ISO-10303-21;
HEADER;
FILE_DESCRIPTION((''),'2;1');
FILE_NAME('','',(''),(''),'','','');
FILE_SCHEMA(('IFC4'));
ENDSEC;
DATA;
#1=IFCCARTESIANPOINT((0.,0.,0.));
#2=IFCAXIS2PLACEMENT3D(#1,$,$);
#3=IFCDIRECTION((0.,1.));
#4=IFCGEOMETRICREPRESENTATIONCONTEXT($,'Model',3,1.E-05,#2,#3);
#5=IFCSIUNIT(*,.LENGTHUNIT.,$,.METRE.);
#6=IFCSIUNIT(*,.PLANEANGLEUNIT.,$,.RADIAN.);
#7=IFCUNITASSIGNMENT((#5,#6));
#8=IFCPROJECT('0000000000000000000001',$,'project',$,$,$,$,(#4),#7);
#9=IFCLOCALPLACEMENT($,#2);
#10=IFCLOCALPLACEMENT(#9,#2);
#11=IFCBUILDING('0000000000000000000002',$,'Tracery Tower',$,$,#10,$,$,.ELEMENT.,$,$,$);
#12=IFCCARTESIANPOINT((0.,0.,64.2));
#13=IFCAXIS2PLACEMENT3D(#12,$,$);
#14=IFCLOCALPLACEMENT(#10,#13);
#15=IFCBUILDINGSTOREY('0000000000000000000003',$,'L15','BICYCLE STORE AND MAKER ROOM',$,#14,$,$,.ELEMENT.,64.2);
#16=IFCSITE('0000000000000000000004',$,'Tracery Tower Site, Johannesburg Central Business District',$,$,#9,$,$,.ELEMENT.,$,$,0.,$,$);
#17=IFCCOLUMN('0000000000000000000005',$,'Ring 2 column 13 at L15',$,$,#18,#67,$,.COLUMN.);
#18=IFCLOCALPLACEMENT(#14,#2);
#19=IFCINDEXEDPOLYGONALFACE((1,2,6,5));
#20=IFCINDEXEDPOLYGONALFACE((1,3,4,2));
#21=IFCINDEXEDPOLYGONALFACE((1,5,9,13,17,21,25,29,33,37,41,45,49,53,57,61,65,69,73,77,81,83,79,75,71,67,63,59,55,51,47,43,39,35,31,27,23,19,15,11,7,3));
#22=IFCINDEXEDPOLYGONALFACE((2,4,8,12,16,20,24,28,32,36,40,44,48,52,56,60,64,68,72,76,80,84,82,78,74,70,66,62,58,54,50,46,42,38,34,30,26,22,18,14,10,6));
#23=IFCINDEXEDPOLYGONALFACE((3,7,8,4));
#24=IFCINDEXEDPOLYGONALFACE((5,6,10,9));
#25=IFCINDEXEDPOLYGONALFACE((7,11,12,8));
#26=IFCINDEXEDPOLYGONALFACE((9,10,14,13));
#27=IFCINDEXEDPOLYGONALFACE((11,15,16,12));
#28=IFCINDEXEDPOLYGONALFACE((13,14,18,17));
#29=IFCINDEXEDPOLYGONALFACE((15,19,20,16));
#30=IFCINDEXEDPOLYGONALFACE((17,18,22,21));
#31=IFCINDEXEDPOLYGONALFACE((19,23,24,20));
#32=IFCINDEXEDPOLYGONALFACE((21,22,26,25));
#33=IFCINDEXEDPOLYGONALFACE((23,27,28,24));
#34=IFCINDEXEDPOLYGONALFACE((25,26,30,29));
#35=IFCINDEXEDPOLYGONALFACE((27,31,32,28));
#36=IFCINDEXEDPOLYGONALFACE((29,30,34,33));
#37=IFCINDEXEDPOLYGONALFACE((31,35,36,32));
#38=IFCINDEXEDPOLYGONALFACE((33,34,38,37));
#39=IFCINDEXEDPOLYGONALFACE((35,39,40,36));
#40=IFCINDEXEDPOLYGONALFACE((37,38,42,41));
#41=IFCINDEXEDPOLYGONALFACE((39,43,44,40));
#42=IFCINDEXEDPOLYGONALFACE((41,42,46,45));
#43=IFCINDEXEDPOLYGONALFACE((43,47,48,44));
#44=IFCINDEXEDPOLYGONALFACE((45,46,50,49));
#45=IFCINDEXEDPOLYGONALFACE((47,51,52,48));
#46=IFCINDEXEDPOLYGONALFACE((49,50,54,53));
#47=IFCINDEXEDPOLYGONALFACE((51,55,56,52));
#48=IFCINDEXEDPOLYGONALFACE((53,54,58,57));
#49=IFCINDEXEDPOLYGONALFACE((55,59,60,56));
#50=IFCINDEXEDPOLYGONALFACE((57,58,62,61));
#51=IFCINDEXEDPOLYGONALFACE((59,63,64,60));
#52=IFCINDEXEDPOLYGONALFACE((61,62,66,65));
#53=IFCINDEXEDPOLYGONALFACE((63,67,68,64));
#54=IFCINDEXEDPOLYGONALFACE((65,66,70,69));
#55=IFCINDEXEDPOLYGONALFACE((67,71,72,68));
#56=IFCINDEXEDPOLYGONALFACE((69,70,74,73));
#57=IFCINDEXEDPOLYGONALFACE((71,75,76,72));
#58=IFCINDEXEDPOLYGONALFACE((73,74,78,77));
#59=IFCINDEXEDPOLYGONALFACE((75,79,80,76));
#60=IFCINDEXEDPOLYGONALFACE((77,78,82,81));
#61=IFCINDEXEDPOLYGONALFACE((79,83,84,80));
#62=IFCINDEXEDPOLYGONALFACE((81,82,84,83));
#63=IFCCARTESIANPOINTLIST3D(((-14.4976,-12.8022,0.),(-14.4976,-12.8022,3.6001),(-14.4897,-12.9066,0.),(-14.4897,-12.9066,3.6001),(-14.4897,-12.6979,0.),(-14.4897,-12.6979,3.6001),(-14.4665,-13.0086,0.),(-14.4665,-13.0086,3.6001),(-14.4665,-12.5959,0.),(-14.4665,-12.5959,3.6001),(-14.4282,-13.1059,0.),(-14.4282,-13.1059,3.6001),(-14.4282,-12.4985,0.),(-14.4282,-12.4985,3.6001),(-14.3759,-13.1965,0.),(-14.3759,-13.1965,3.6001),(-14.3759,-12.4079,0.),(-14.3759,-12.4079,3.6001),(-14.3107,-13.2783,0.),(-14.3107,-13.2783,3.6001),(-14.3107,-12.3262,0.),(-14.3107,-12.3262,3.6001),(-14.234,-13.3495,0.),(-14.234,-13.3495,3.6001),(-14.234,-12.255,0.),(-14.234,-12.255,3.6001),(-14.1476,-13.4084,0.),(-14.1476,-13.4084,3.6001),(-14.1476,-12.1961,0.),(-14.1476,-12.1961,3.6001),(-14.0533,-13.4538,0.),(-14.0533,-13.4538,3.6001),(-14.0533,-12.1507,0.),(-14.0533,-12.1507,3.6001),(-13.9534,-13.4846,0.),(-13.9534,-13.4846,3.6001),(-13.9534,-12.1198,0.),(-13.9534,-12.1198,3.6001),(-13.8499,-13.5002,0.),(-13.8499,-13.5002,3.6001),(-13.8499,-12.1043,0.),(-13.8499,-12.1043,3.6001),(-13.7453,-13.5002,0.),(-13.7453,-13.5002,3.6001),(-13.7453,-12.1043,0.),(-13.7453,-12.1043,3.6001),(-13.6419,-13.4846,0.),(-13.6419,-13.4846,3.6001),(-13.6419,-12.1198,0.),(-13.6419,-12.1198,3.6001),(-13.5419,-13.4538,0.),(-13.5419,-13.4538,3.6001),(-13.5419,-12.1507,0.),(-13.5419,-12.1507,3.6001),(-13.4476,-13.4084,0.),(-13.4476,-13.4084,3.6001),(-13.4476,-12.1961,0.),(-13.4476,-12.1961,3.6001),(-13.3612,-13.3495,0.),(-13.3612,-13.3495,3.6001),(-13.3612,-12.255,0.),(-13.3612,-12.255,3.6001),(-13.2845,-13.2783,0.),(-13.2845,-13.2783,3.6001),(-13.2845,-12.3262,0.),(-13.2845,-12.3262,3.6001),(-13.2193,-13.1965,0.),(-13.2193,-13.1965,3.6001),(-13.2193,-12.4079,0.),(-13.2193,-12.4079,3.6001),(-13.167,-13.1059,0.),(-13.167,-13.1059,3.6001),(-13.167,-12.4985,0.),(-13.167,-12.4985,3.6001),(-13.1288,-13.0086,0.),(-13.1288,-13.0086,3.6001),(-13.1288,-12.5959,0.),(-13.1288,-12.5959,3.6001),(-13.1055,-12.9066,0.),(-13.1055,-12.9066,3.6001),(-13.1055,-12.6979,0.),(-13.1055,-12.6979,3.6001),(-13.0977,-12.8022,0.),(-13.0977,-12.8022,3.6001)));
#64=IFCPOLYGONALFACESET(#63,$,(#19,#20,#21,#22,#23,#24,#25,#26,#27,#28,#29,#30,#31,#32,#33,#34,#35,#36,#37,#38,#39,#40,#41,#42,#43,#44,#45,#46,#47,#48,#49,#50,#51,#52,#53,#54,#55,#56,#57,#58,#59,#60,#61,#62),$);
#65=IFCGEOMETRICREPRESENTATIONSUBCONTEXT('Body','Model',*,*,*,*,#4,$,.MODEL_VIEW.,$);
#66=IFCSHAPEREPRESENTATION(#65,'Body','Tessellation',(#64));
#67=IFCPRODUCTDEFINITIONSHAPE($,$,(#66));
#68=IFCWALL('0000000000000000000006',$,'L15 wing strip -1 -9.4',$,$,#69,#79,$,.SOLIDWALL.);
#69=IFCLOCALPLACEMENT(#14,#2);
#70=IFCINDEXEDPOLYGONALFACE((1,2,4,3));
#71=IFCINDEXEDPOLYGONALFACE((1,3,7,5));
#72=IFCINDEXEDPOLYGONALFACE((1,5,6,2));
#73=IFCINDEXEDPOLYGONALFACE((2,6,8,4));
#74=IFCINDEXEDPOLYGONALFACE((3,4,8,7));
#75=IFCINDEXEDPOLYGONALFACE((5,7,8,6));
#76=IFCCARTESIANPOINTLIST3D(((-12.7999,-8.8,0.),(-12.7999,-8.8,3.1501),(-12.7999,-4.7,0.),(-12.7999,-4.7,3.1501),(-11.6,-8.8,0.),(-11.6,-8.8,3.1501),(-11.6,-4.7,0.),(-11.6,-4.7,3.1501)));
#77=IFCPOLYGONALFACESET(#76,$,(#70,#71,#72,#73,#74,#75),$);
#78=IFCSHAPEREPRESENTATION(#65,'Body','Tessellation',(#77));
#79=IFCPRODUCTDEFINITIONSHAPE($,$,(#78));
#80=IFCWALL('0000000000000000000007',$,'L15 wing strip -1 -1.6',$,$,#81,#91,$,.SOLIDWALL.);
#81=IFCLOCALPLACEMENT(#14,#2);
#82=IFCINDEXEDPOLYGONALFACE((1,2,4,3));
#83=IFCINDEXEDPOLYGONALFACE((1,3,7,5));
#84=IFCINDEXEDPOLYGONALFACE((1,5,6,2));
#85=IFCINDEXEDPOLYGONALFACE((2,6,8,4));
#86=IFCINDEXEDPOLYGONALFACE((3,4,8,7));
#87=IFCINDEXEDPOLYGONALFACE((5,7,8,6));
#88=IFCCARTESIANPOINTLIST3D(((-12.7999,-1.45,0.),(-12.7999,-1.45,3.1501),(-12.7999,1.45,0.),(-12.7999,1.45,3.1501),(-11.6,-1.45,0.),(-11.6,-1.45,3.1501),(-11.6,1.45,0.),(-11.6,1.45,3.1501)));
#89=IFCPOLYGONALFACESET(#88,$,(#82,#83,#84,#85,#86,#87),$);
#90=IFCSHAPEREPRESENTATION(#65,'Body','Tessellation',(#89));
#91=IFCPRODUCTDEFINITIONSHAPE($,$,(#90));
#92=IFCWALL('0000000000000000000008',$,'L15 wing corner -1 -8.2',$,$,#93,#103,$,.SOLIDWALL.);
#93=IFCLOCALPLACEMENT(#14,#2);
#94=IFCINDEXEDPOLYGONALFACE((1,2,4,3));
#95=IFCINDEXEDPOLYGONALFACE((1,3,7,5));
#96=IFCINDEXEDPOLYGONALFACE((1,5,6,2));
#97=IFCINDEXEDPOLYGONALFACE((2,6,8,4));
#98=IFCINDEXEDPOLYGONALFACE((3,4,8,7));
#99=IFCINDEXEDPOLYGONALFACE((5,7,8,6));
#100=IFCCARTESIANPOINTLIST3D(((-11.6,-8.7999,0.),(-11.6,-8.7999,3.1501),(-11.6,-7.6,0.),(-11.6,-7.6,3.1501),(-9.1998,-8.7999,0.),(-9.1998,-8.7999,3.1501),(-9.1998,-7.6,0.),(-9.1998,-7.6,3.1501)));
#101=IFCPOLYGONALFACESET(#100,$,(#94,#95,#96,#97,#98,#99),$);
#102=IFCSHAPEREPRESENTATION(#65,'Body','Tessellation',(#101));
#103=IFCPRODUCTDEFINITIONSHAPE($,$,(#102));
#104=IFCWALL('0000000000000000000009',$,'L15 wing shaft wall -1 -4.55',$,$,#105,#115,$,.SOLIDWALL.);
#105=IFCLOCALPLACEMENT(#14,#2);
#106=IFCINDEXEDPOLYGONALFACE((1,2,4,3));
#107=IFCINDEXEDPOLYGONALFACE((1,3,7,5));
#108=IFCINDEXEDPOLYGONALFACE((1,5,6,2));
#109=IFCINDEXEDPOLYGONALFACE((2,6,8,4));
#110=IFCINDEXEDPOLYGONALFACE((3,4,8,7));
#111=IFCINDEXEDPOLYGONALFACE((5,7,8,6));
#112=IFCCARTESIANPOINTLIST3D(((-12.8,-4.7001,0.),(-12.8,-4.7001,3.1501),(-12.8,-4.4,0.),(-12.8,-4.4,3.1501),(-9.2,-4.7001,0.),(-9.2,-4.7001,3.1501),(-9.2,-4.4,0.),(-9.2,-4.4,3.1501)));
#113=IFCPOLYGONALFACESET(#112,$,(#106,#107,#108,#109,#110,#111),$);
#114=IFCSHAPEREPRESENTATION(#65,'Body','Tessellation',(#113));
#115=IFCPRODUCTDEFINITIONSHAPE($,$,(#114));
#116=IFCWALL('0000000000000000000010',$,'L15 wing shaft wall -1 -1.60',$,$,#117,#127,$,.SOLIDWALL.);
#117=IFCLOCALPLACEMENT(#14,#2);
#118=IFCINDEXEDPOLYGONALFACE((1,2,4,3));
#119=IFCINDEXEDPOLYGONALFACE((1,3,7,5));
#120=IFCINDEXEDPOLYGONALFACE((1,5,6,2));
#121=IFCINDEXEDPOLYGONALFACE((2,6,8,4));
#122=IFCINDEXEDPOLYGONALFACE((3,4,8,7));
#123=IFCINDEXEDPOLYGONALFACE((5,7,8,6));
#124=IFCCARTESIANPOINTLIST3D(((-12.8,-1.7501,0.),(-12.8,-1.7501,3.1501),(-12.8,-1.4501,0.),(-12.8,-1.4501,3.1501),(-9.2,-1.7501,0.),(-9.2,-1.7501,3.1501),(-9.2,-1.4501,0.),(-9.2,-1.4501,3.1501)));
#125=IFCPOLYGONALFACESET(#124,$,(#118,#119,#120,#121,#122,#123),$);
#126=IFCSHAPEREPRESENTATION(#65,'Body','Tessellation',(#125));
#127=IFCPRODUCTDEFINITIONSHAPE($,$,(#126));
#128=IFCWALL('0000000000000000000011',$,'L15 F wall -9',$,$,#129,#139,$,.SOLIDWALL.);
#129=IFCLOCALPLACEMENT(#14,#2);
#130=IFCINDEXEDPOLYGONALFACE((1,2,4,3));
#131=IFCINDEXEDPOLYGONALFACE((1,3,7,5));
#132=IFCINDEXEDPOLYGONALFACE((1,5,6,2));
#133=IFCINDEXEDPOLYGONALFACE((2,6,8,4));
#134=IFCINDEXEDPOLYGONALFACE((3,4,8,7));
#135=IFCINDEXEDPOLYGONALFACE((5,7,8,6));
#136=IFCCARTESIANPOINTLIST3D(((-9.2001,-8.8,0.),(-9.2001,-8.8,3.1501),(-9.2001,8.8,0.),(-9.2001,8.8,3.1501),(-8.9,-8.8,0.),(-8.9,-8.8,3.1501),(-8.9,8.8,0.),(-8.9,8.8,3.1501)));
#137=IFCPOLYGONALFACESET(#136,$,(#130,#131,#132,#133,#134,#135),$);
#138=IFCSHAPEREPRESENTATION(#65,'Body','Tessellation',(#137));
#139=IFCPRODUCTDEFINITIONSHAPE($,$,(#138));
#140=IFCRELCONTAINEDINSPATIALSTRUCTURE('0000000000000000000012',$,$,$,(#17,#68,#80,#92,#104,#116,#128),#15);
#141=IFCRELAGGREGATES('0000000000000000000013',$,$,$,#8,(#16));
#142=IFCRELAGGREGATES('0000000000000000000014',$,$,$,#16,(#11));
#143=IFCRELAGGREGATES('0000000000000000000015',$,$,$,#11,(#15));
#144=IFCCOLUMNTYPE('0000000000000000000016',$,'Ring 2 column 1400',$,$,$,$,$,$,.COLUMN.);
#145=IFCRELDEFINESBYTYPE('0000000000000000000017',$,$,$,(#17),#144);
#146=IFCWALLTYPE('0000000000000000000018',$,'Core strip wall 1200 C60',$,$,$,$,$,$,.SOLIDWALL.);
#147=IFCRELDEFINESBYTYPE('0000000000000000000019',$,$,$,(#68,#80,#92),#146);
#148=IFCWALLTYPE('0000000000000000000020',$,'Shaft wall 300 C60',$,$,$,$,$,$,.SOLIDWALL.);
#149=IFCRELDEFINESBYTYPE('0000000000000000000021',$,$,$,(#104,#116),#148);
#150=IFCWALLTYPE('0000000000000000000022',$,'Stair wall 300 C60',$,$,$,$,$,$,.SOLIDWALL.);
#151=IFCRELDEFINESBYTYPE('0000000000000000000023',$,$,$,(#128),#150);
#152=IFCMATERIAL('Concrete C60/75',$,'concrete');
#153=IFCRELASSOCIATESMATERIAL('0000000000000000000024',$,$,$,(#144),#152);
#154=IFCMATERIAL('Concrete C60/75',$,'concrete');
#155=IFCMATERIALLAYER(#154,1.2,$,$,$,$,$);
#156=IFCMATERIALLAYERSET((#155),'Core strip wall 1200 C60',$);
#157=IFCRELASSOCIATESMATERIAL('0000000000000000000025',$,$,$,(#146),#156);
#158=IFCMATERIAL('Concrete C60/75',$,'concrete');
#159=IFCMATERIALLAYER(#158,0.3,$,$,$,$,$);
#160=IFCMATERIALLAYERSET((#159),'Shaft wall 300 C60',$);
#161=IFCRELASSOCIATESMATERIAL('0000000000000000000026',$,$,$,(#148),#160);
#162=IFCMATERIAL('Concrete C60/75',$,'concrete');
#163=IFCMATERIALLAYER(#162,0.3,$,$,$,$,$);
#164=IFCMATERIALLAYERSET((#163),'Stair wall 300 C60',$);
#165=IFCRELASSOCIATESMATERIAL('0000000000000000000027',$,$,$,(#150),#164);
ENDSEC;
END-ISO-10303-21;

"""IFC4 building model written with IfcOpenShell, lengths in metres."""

from ifc_helpers import new_model, si_unit, direction, frame, frame_2d, origin, origin_2d, place, context, subcontext, project, spatial, rectangle, circle, extrude, material, layer, layer_set, material_profile, profile_set, type_object, element, save


model = new_model("IFC4")

# Units and contexts
model_context = context("Model", 3, precision=1e-05, world=origin(), true_north=direction((0.0, 1.0)))
body_context = subcontext(model_context, "Body", "Model", "MODEL_VIEW")
ifc_project = project(units=[si_unit("LENGTHUNIT", "METRE"), si_unit("PLANEANGLEUNIT", "RADIAN")], contexts=[model_context])

# Site, building, storey
site_placement = place(None, origin())
site = spatial("IfcSite", under=ifc_project, at=site_placement, Name="Tracery Tower Site, Johannesburg Central Business District", CompositionType="ELEMENT", RefElevation=0.0)
building_placement = place(site_placement, origin())
building = spatial("IfcBuilding", under=site, at=building_placement, Name="Tracery Tower", CompositionType="ELEMENT")
storey_placement = place(building_placement, frame((0.0, 0.0, 64.2)))
storey = spatial("IfcBuildingStorey", under=building, at=storey_placement, Name="L15", Description="BICYCLE STORE AND MAKER ROOM", CompositionType="ELEMENT", Elevation=64.2)

# Column
ifc_material_1 = material(Name="Concrete C60/75", Category="concrete")
ifc_material_profile = material_profile(ifc_material_1, circle(Radius=0.7, at=origin_2d()), Name="RC D1400")
ifc_profile_set = profile_set([ifc_material_profile], Name="Concrete C60/75")
column_type = type_object("IfcColumnType", Name="Ring 2 column 1400", PredefinedType="COLUMN", material=ifc_profile_set)
column_placement = place(storey_placement, frame((-13.7976, -12.8022, 0.0), z_axis=(0.0, 0.0, 1.0), x_axis=(1.0, 0.0, 0.0)))
element("IfcColumn", 1, at=column_placement, inside=storey, type_object=column_type, Name="Ring 2 column 13 at L15", PredefinedType="COLUMN", context=body_context, shape_type="SweptSolid", body=[
    extrude(circle(Radius=0.7, at=origin_2d()), origin(), (0.0, 0.0, 1.0), 3.6001),
])

# Walls
ifc_material_2 = material(Name="Concrete C60/75", Category="concrete")
ifc_layer_1 = layer(ifc_material_2, 1.2)
ifc_layer_set_1 = layer_set([ifc_layer_1], Name="Core strip wall 1200 C60")
wall_type_1 = type_object("IfcWallType", Name="Core strip wall 1200 C60", PredefinedType="SOLIDWALL", material=ifc_layer_set_1)
wall_1_placement = place(storey_placement, frame((-12.2, -8.8, 0.0), z_axis=(0.0, 0.0, 1.0), x_axis=(0.0, 1.0, 0.0)))
element("IfcWall", 2, at=wall_1_placement, inside=storey, type_object=wall_type_1, Name="L15 wing strip -1 -9.4", PredefinedType="SOLIDWALL", context=body_context, shape_type="SweptSolid", body=[
    extrude(rectangle(XDim=4.1001, YDim=1.2, at=frame_2d((2.05, 0.0))), origin(), (0.0, 0.0, 1.0), 3.1501),
])
wall_2_placement = place(storey_placement, frame((-12.2, -1.45, 0.0), z_axis=(0.0, 0.0, 1.0), x_axis=(0.0, 1.0, 0.0)))
element("IfcWall", 3, at=wall_2_placement, inside=storey, type_object=wall_type_1, Name="L15 wing strip -1 -1.6", PredefinedType="SOLIDWALL", context=body_context, shape_type="SweptSolid", body=[
    extrude(rectangle(XDim=2.8999, YDim=1.2, at=frame_2d((1.45, 0.0))), origin(), (0.0, 0.0, 1.0), 3.1501),
])
wall_3_placement = place(storey_placement, frame((-11.6001, -8.2, 0.0), z_axis=(0.0, 0.0, 1.0), x_axis=(1.0, 0.0, 0.0)))
element("IfcWall", 4, at=wall_3_placement, inside=storey, type_object=wall_type_1, Name="L15 wing corner -1 -8.2", PredefinedType="SOLIDWALL", context=body_context, shape_type="SweptSolid", body=[
    extrude(rectangle(XDim=2.4001, YDim=1.2, at=frame_2d((1.2002, 0.0))), origin(), (0.0, 0.0, 1.0), 3.1501),
])

# Walls
ifc_material_3 = material(Name="Concrete C60/75", Category="concrete")
ifc_layer_2 = layer(ifc_material_3, 0.3)
ifc_layer_set_2 = layer_set([ifc_layer_2], Name="Shaft wall 300 C60")
wall_type_2 = type_object("IfcWallType", Name="Shaft wall 300 C60", PredefinedType="SOLIDWALL", material=ifc_layer_set_2)
for number, where, z_axis, x_axis, name in (
    (5, (-12.8, -4.55, 0.0), (0.0, 0.0, 1.0), (1.0, 0.0, 0.0), "L15 wing shaft wall -1 -4.55"),
    (6, (-12.8, -1.6001, 0.0), (0.0, 0.0, 1.0), (1.0, 0.0, 0.0), "L15 wing shaft wall -1 -1.60"),
):
    element("IfcWall", number, at=place(storey_placement, frame(where, z_axis=z_axis, x_axis=x_axis)), inside=storey, type_object=wall_type_2, Name=name, PredefinedType="SOLIDWALL", context=body_context, shape_type="SweptSolid", body=[
        extrude(rectangle(XDim=3.6001, YDim=0.3, at=frame_2d((1.8, 0.0))), origin(), (0.0, 0.0, 1.0), 3.1501),
    ])

# Shared definitions
ifc_material_4 = material(Name="Concrete C60/75", Category="concrete")
ifc_layer_3 = layer(ifc_material_4, 0.3)
ifc_layer_set_3 = layer_set([ifc_layer_3], Name="Stair wall 300 C60")
wall_type_3 = type_object("IfcWallType", Name="Stair wall 300 C60", PredefinedType="SOLIDWALL", material=ifc_layer_set_3)

# Wall
wall_4_placement = place(storey_placement, frame((-9.05, -8.8, 0.0), z_axis=(0.0, 0.0, 1.0), x_axis=(0.0, 1.0, 0.0)))
element("IfcWall", 7, at=wall_4_placement, inside=storey, type_object=wall_type_3, Name="L15 F wall -9", PredefinedType="SOLIDWALL", context=body_context, shape_type="SweptSolid", body=[
    extrude(rectangle(XDim=17.6001, YDim=0.3, at=frame_2d((8.8, 0.0))), origin(), (0.0, 0.0, 1.0), 3.1501),
])

save(model, "model.ifc")
